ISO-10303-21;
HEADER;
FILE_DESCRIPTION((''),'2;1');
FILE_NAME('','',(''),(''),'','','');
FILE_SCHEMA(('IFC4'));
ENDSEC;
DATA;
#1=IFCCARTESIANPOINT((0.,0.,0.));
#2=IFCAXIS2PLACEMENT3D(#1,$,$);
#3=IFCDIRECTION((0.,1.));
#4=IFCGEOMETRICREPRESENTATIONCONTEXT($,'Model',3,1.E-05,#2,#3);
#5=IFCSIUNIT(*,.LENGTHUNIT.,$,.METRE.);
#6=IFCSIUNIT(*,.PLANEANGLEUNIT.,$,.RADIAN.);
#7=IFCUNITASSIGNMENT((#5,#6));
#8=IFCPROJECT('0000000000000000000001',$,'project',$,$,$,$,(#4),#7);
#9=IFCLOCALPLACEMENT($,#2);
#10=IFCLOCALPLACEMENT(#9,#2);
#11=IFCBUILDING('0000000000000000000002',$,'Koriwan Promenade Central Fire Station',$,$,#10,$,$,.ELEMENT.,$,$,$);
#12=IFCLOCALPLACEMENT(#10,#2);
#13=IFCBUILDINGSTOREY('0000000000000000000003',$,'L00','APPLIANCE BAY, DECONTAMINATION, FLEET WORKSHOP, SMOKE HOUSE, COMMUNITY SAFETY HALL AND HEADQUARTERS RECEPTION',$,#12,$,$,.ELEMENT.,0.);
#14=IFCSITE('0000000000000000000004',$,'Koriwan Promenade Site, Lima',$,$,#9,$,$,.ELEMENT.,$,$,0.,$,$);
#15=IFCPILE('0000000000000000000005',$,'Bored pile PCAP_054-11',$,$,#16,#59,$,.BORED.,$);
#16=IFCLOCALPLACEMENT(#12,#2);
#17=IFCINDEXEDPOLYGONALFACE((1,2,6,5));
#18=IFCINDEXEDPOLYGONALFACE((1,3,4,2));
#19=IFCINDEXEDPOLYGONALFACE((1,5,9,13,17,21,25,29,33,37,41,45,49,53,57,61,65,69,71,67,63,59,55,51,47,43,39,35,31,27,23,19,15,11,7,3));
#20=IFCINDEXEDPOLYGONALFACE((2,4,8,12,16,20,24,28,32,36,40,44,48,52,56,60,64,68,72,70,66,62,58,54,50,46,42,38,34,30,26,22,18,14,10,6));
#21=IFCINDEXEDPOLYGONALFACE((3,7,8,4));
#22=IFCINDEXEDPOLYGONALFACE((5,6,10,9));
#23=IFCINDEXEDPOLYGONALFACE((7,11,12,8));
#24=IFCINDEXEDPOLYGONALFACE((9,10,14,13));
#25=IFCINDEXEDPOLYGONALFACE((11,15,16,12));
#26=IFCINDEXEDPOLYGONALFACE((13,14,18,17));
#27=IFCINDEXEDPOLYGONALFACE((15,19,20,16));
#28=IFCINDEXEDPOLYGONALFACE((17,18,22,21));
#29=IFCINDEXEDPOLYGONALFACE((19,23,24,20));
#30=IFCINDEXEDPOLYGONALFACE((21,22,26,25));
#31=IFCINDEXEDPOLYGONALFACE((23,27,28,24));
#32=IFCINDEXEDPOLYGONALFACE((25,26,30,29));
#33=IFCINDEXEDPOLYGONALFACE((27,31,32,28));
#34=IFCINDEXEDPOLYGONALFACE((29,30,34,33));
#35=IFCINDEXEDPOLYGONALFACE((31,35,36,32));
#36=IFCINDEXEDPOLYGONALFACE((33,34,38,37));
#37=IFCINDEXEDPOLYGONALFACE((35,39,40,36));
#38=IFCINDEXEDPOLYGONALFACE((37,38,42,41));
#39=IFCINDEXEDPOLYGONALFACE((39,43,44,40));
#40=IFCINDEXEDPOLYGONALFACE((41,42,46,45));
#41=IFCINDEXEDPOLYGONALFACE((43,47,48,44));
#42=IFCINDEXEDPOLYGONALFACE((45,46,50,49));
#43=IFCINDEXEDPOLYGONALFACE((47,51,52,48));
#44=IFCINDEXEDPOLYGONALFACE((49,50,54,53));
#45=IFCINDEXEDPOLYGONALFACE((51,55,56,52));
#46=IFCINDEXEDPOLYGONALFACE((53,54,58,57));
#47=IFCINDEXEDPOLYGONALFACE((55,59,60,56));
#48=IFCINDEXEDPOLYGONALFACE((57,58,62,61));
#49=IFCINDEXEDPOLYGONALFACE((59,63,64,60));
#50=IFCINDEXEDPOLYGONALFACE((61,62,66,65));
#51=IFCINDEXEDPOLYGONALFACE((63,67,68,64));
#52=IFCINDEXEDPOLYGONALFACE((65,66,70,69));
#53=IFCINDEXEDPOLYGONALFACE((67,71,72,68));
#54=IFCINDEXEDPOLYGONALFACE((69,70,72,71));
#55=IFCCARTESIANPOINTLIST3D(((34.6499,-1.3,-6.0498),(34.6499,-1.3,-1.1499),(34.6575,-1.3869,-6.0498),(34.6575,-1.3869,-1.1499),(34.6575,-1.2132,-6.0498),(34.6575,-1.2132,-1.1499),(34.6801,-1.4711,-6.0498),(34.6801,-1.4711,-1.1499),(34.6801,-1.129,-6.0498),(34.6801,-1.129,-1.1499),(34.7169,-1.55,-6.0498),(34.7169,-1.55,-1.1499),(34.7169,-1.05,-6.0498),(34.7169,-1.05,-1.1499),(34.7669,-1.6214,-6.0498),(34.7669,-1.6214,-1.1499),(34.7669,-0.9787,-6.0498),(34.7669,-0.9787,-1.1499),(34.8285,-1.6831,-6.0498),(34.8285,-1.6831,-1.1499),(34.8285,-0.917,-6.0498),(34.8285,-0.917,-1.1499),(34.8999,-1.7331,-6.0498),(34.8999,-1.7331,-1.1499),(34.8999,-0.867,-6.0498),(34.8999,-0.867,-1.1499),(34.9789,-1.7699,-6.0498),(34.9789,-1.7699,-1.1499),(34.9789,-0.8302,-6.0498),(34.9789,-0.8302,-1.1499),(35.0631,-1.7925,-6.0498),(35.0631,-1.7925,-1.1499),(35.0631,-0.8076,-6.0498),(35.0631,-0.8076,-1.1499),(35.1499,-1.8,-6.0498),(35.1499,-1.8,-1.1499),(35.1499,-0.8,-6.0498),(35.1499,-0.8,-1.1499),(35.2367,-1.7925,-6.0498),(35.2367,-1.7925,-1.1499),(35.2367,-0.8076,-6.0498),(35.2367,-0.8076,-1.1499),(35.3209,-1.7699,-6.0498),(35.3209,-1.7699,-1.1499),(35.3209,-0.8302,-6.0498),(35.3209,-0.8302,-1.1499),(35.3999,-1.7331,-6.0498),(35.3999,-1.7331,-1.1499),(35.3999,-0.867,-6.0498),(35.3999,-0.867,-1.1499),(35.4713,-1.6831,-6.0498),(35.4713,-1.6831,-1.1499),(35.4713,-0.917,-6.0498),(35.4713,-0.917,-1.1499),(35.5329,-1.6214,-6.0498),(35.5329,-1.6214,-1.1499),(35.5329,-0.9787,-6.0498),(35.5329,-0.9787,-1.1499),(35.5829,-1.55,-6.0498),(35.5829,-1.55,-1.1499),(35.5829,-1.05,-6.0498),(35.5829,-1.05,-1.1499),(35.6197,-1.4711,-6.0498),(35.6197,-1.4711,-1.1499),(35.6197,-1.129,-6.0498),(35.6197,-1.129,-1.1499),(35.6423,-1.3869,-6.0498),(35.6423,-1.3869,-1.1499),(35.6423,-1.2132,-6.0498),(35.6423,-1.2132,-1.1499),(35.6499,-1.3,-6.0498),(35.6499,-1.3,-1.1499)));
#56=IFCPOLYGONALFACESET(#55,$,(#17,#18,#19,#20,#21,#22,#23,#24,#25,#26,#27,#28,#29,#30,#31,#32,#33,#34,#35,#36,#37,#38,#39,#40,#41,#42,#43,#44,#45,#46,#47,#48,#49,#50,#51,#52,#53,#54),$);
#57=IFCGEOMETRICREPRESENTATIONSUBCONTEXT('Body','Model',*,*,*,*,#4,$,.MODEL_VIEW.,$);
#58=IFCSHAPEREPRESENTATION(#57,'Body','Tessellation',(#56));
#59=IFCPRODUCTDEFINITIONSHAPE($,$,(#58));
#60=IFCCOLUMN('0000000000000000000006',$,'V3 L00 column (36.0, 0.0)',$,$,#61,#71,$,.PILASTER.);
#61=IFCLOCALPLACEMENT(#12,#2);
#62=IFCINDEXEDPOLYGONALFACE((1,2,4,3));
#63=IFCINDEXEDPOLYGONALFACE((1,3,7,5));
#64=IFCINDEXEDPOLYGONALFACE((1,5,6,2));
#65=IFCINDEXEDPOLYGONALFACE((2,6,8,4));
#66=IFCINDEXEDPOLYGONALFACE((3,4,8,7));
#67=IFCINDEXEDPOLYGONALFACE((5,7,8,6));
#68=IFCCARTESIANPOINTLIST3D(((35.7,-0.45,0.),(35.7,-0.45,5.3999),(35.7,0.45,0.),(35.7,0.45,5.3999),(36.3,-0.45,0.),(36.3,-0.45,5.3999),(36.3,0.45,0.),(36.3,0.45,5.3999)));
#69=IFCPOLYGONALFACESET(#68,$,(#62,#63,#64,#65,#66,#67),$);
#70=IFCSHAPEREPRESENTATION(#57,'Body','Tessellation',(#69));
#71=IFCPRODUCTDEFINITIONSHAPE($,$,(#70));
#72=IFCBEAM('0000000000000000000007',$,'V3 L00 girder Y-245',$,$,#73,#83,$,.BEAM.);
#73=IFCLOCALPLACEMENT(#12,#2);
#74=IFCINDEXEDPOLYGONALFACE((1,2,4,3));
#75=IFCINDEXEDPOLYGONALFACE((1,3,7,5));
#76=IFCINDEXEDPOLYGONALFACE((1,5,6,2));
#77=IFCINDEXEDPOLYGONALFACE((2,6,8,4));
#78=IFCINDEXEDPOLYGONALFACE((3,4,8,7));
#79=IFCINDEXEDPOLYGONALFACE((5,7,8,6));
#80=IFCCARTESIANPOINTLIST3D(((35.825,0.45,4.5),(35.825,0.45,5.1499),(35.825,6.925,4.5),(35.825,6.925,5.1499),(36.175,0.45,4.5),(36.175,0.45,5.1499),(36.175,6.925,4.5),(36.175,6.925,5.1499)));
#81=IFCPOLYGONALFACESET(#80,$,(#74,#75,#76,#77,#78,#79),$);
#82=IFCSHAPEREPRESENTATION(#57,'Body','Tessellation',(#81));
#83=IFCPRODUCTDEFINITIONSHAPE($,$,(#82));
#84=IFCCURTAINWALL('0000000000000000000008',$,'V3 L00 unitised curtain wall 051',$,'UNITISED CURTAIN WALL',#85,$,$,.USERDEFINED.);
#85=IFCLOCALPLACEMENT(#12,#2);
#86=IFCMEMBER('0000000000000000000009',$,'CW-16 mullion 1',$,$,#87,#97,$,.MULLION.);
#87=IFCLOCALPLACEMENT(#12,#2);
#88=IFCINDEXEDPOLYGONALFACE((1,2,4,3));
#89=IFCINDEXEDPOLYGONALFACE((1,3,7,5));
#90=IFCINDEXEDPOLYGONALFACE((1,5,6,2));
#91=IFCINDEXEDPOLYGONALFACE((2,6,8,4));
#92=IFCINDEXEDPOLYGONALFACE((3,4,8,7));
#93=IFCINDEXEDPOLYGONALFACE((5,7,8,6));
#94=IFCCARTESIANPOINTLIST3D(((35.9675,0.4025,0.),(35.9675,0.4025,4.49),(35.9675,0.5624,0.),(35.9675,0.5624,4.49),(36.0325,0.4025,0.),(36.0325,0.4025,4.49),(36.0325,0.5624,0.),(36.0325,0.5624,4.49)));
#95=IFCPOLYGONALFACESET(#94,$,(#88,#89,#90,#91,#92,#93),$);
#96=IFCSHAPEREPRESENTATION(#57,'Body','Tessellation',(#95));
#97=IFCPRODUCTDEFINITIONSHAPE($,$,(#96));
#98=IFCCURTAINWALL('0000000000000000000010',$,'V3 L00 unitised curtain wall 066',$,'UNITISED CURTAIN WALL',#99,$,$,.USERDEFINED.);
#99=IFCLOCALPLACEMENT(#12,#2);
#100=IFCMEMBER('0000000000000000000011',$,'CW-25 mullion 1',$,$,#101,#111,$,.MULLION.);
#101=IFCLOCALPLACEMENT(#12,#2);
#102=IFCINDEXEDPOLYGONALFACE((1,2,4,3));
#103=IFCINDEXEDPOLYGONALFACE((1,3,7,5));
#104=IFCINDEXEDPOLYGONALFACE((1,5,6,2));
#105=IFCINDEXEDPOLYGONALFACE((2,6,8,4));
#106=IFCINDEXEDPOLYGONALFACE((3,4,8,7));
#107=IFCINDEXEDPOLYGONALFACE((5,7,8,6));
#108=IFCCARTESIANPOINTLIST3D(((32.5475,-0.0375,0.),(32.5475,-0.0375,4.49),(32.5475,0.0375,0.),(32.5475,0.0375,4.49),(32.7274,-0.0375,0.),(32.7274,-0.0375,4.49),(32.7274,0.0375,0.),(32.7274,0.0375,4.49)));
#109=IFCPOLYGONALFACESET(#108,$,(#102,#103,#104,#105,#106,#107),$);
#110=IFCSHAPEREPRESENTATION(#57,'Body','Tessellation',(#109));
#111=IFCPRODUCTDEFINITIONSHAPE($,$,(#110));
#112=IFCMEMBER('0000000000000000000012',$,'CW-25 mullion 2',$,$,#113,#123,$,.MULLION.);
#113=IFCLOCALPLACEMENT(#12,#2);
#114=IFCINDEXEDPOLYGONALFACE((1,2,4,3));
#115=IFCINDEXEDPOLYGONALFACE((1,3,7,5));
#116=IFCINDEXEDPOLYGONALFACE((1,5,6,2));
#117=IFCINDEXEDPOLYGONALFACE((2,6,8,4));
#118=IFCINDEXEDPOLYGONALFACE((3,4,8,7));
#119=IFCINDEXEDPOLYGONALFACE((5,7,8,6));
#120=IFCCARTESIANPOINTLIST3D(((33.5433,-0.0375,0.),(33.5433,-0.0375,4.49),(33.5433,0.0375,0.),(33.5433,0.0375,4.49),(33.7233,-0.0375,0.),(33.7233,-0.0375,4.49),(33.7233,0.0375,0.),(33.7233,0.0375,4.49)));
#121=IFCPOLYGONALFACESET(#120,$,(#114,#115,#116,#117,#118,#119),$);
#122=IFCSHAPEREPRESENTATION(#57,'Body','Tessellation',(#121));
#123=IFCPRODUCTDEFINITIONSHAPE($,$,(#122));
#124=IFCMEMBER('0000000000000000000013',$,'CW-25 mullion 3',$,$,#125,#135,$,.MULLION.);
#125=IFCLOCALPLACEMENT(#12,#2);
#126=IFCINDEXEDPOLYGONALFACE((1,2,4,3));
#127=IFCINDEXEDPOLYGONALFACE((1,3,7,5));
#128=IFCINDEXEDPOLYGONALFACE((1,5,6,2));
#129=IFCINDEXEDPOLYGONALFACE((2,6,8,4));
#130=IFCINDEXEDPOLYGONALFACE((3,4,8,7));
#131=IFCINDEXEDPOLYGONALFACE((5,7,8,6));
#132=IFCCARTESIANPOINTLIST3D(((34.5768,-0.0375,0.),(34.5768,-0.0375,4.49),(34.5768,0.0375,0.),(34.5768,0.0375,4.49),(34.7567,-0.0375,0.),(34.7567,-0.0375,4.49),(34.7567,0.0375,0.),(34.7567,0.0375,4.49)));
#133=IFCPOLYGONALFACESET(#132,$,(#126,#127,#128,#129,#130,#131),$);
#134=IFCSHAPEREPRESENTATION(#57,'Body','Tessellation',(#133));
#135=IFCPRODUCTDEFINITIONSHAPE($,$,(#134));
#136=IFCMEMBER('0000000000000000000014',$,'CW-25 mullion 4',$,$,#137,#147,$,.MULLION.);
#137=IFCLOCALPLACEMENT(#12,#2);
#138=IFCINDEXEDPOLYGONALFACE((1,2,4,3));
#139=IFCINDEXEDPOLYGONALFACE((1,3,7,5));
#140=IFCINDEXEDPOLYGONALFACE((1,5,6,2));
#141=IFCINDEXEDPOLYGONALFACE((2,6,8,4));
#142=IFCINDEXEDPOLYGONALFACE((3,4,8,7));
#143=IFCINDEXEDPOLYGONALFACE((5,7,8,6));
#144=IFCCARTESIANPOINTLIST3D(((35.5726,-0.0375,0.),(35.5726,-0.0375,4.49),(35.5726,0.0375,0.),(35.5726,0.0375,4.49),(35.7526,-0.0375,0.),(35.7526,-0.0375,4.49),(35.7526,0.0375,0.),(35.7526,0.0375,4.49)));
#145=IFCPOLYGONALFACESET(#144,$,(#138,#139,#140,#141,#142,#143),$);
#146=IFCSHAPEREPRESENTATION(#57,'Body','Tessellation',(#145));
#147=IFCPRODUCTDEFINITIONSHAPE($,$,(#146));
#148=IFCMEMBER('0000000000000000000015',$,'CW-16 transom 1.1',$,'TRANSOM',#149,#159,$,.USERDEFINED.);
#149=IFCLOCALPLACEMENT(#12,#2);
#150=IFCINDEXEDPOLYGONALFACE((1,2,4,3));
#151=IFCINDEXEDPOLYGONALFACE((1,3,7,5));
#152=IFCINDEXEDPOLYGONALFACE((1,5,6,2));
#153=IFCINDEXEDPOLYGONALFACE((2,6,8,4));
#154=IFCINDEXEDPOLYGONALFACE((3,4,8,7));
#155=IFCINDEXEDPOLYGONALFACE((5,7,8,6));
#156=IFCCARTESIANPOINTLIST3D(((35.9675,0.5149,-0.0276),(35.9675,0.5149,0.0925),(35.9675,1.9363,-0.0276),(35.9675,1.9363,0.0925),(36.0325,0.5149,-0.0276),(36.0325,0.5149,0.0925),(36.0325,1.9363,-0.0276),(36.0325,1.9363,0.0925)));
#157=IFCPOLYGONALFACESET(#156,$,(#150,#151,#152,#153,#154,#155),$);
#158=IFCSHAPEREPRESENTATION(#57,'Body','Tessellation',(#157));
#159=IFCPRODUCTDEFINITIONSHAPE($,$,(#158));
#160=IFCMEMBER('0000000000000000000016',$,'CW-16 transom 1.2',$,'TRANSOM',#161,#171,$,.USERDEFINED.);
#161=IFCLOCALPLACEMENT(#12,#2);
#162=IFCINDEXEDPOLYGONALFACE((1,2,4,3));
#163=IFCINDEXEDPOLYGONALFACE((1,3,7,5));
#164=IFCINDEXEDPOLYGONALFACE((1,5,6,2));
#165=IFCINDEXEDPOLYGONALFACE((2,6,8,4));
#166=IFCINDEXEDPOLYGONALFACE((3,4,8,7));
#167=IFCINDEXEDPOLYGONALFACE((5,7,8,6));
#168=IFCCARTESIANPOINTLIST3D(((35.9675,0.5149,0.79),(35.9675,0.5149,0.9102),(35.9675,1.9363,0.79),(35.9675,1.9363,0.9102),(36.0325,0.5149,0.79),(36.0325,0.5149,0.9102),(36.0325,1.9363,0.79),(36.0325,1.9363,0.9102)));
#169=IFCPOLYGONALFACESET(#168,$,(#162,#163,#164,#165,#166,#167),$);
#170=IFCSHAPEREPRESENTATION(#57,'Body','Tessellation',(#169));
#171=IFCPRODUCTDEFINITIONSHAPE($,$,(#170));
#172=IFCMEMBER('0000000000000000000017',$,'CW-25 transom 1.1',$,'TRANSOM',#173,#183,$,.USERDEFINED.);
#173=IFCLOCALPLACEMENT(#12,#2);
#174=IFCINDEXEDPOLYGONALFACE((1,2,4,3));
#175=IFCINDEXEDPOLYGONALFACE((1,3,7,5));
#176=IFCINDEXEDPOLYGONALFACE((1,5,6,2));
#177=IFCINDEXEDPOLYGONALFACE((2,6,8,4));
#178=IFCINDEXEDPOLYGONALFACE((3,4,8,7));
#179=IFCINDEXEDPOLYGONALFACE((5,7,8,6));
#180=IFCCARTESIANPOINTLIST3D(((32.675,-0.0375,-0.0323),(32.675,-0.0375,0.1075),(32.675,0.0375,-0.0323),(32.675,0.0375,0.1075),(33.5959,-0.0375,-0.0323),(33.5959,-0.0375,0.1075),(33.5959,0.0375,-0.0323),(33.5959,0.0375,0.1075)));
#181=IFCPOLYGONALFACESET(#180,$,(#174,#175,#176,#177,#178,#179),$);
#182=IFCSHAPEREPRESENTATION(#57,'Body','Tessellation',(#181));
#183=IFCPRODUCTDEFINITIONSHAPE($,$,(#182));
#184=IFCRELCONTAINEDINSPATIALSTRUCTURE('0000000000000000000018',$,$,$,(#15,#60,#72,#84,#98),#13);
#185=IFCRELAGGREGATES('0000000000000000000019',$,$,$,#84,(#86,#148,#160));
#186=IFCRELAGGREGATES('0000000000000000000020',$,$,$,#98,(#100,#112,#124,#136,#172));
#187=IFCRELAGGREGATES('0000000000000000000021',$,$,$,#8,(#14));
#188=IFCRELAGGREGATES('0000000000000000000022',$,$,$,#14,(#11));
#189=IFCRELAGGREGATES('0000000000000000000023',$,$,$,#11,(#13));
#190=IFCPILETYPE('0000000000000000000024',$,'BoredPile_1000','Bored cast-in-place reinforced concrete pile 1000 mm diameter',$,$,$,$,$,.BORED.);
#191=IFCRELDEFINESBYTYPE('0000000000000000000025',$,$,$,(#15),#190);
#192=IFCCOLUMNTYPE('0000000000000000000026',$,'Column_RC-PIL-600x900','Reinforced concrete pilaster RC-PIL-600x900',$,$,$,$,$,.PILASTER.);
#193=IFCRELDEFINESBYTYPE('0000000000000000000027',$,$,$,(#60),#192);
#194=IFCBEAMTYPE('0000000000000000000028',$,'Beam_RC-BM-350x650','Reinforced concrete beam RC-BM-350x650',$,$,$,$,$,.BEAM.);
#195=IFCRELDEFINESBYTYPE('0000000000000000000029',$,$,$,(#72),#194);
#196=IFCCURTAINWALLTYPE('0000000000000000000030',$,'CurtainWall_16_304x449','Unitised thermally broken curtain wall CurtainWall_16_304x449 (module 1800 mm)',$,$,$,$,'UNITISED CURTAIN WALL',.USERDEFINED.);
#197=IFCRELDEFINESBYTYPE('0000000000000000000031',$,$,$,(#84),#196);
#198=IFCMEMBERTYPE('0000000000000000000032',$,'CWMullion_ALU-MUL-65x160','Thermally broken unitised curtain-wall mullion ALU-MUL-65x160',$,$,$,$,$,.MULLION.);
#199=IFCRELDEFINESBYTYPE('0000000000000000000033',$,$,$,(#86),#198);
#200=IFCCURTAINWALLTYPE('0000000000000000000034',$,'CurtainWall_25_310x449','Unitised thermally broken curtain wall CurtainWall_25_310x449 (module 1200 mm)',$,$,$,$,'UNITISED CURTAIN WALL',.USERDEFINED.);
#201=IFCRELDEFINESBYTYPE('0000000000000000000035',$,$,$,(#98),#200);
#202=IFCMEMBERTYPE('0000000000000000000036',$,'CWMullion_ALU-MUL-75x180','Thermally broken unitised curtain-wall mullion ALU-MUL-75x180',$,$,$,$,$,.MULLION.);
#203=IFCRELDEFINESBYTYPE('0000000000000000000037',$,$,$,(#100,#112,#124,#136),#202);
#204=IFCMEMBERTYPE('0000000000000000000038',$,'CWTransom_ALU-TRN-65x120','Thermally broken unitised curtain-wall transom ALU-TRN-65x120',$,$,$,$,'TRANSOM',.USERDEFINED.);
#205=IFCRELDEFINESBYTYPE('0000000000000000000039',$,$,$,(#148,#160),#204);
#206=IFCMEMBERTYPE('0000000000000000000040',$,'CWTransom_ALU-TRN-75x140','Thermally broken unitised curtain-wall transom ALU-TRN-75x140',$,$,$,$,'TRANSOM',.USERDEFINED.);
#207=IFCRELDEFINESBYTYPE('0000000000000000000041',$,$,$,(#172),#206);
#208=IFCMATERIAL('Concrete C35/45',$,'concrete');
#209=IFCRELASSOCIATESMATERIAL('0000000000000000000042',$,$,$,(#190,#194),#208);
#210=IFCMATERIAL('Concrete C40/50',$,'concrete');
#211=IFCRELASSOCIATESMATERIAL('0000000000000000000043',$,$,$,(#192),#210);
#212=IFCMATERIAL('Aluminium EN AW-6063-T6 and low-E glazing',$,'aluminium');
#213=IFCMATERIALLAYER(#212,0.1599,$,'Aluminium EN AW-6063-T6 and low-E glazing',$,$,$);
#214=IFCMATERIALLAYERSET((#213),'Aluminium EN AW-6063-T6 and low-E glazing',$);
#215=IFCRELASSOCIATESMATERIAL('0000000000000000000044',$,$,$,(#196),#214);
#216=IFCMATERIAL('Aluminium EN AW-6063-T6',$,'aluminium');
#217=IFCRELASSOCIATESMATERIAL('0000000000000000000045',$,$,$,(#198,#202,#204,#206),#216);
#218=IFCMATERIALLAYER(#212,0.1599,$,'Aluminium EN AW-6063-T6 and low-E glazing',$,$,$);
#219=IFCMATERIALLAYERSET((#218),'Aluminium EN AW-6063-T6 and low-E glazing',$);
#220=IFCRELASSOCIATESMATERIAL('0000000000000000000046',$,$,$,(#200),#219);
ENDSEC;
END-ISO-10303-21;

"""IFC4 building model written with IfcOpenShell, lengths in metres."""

from ifc_helpers import new_model, si_unit, direction, frame, origin, origin_2d, place, context, subcontext, project, spatial, rectangle, circle, extrude, material, layer, layer_set, material_profile, profile_set, type_object, element, aggregate, save


model = new_model("IFC4")

# Units and contexts
model_context = context("Model", 3, precision=1e-05, world=origin(), true_north=direction((0.0, 1.0)))
body_context = subcontext(model_context, "Body", "Model", "MODEL_VIEW")
ifc_project = project(units=[si_unit("LENGTHUNIT", "METRE"), si_unit("PLANEANGLEUNIT", "RADIAN")], contexts=[model_context])

# Site, building, storey
site_placement = place(None, origin())
site = spatial("IfcSite", under=ifc_project, at=site_placement, Name="Koriwan Promenade Site, Lima", CompositionType="ELEMENT", RefElevation=0.0)
building_placement = place(site_placement, origin())
building = spatial("IfcBuilding", under=site, at=building_placement, Name="Koriwan Promenade Central Fire Station", CompositionType="ELEMENT")
storey_placement = place(building_placement, origin())
storey = spatial("IfcBuildingStorey", under=building, at=storey_placement, Name="L00", Description="APPLIANCE BAY, DECONTAMINATION, FLEET WORKSHOP, SMOKE HOUSE, COMMUNITY SAFETY HALL AND HEADQUARTERS RECEPTION", CompositionType="ELEMENT", Elevation=0.0)

# Pile
ifc_material_1 = material(Name="Concrete C35/45", Category="concrete")
ifc_material_profile_1 = material_profile(ifc_material_1, circle(Radius=0.5, at=origin_2d()), Name="PILE-D1000")
ifc_profile_set_1 = profile_set([ifc_material_profile_1], Name="Concrete C35/45")
pile_type = type_object("IfcPileType", Name="BoredPile_1000", Description="Bored cast-in-place reinforced concrete pile 1000 mm diameter", PredefinedType="BORED", material=ifc_profile_set_1)
pile_placement = place(storey_placement, frame((35.1499, -1.3, -1.1499), z_axis=(0.0, 0.0, -1.0), x_axis=(1.0, 0.0, 0.0)))
element("IfcPile", 1, at=pile_placement, inside=storey, type_object=pile_type, Name="Bored pile PCAP_054-11", PredefinedType="BORED", context=body_context, shape_type="SweptSolid", body=[
    extrude(circle(Radius=0.5, at=origin_2d()), origin(), (0.0, 0.0, 1.0), 4.8999),
])

# Column
ifc_material_2 = material(Name="Concrete C40/50", Category="concrete")
ifc_material_profile_2 = material_profile(ifc_material_2, rectangle(XDim=0.6001, YDim=0.8999, at=origin_2d()), Name="RC-PIL-600x900")
ifc_profile_set_2 = profile_set([ifc_material_profile_2], Name="Concrete C40/50")
column_type = type_object("IfcColumnType", Name="Column_RC-PIL-600x900", Description="Reinforced concrete pilaster RC-PIL-600x900", PredefinedType="PILASTER", material=ifc_profile_set_2)
column_placement = place(storey_placement, frame((36.0, 0.0, 0.0), z_axis=(0.0, 0.0, 1.0), x_axis=(1.0, 0.0, 0.0)))
element("IfcColumn", 2, at=column_placement, inside=storey, type_object=column_type, Name="V3 L00 column (36.0, 0.0)", PredefinedType="PILASTER", context=body_context, shape_type="SweptSolid", body=[
    extrude(rectangle(XDim=0.6001, YDim=0.8999, at=origin_2d()), origin(), (0.0, 0.0, 1.0), 5.3999),
])

# Beam
ifc_material_profile_3 = material_profile(ifc_material_1, rectangle(XDim=0.3501, YDim=0.6499, at=origin_2d()), Name="RC-BM-350x650")
ifc_profile_set_3 = profile_set([ifc_material_profile_3], Name="Concrete C35/45")
beam_type_1 = type_object("IfcBeamType", Name="Beam_RC-BM-350x650", Description="Reinforced concrete beam RC-BM-350x650", PredefinedType="BEAM", material=ifc_profile_set_3)
beam_1_placement = place(storey_placement, frame((36.0, 0.45, 4.825), z_axis=(0.0, 1.0, 0.0), x_axis=(-1.0, 0.0, 0.0)))
element("IfcBeam", 3, at=beam_1_placement, inside=storey, type_object=beam_type_1, Name="V3 L00 girder Y-245", PredefinedType="BEAM", context=body_context, shape_type="SweptSolid", body=[
    extrude(rectangle(XDim=0.3501, YDim=0.6499, at=origin_2d()), origin(), (0.0, 0.0, 1.0), 6.4751),
])

# Curtain wall, member
ifc_material_3 = material(Name="Aluminium EN AW-6063-T6 and low-E glazing", Category="aluminium")
ifc_layer_1 = layer(ifc_material_3, 0.1599, Name="Aluminium EN AW-6063-T6 and low-E glazing")
ifc_layer_set_1 = layer_set([ifc_layer_1], Name="Aluminium EN AW-6063-T6 and low-E glazing")
curtain_wall_type_1 = type_object("IfcCurtainWallType", Name="CurtainWall_16_304x449", Description="Unitised thermally broken curtain wall CurtainWall_16_304x449 (module 1800 mm)", ElementType="UNITISED CURTAIN WALL", PredefinedType="USERDEFINED", material=ifc_layer_set_1)
curtain_wall_1_placement = place(storey_placement, origin())
curtain_wall_1 = element("IfcCurtainWall", 4, at=curtain_wall_1_placement, inside=storey, type_object=curtain_wall_type_1, Name="V3 L00 unitised curtain wall 051", ObjectType="UNITISED CURTAIN WALL", PredefinedType="USERDEFINED")
ifc_material_4 = material(Name="Aluminium EN AW-6063-T6", Category="aluminium")
ifc_material_profile_4 = material_profile(ifc_material_4, rectangle(XDim=0.0649, YDim=0.1599, at=origin_2d()), Name="ALU-MUL-65x160")
ifc_profile_set_4 = profile_set([ifc_material_profile_4], Name="Aluminium EN AW-6063-T6")
member_type_1 = type_object("IfcMemberType", Name="CWMullion_ALU-MUL-65x160", Description="Thermally broken unitised curtain-wall mullion ALU-MUL-65x160", PredefinedType="MULLION", material=ifc_profile_set_4)
member_1_placement = place(storey_placement, frame((36.0, 0.4824, 0.0), z_axis=(0.0, 0.0, 1.0), x_axis=(-1.0, 0.0, 0.0)))
member_1 = element("IfcMember", 5, at=member_1_placement, type_object=member_type_1, Name="CW-16 mullion 1", PredefinedType="MULLION", context=body_context, shape_type="SweptSolid", body=[
    extrude(rectangle(XDim=0.0649, YDim=0.1599, at=origin_2d()), origin(), (0.0, 0.0, 1.0), 4.49),
])

# Curtain wall, members
ifc_layer_2 = layer(ifc_material_3, 0.1599, Name="Aluminium EN AW-6063-T6 and low-E glazing")
ifc_layer_set_2 = layer_set([ifc_layer_2], Name="Aluminium EN AW-6063-T6 and low-E glazing")
curtain_wall_type_2 = type_object("IfcCurtainWallType", Name="CurtainWall_25_310x449", Description="Unitised thermally broken curtain wall CurtainWall_25_310x449 (module 1200 mm)", ElementType="UNITISED CURTAIN WALL", PredefinedType="USERDEFINED", material=ifc_layer_set_2)
curtain_wall_2_placement = place(storey_placement, origin())
curtain_wall_2 = element("IfcCurtainWall", 6, at=curtain_wall_2_placement, inside=storey, type_object=curtain_wall_type_2, Name="V3 L00 unitised curtain wall 066", ObjectType="UNITISED CURTAIN WALL", PredefinedType="USERDEFINED")
ifc_material_profile_5 = material_profile(ifc_material_4, rectangle(XDim=0.075, YDim=0.1799, at=origin_2d()), Name="ALU-MUL-75x180")
ifc_profile_set_5 = profile_set([ifc_material_profile_5], Name="Aluminium EN AW-6063-T6")
member_type_2 = type_object("IfcMemberType", Name="CWMullion_ALU-MUL-75x180", Description="Thermally broken unitised curtain-wall mullion ALU-MUL-75x180", PredefinedType="MULLION", material=ifc_profile_set_5)
member_2_placement = place(storey_placement, frame((32.6375, 0.0, 0.0), z_axis=(0.0, 0.0, 1.0), x_axis=(0.0, 1.0, 0.0)))
member_2 = element("IfcMember", 7, at=member_2_placement, type_object=member_type_2, Name="CW-25 mullion 1", PredefinedType="MULLION", context=body_context, shape_type="SweptSolid", body=[
    extrude(rectangle(XDim=0.075, YDim=0.1799, at=origin_2d()), origin(), (0.0, 0.0, 1.0), 4.49),
])
member_3_placement = place(storey_placement, frame((33.6333, 0.0, 0.0), z_axis=(0.0, 0.0, 1.0), x_axis=(0.0, 1.0, 0.0)))
member_3 = element("IfcMember", 8, at=member_3_placement, type_object=member_type_2, Name="CW-25 mullion 2", PredefinedType="MULLION", context=body_context, shape_type="SweptSolid", body=[
    extrude(rectangle(XDim=0.075, YDim=0.1799, at=origin_2d()), origin(), (0.0, 0.0, 1.0), 4.49),
])
member_4_placement = place(storey_placement, frame((34.6667, 0.0, 0.0), z_axis=(0.0, 0.0, 1.0), x_axis=(0.0, 1.0, 0.0)))
member_4 = element("IfcMember", 9, at=member_4_placement, type_object=member_type_2, Name="CW-25 mullion 3", PredefinedType="MULLION", context=body_context, shape_type="SweptSolid", body=[
    extrude(rectangle(XDim=0.075, YDim=0.1799, at=origin_2d()), origin(), (0.0, 0.0, 1.0), 4.49),
])
member_5_placement = place(storey_placement, frame((35.6626, 0.0, 0.0), z_axis=(0.0, 0.0, 1.0), x_axis=(0.0, 1.0, 0.0)))
member_5 = element("IfcMember", 10, at=member_5_placement, type_object=member_type_2, Name="CW-25 mullion 4", PredefinedType="MULLION", context=body_context, shape_type="SweptSolid", body=[
    extrude(rectangle(XDim=0.075, YDim=0.1799, at=origin_2d()), origin(), (0.0, 0.0, 1.0), 4.49),
])

# Members
ifc_material_profile_6 = material_profile(ifc_material_4, rectangle(XDim=0.0649, YDim=0.1201, at=origin_2d()), Name="ALU-TRN-65x120")
ifc_profile_set_6 = profile_set([ifc_material_profile_6], Name="Aluminium EN AW-6063-T6")
member_type_3 = type_object("IfcMemberType", Name="CWTransom_ALU-TRN-65x120", Description="Thermally broken unitised curtain-wall transom ALU-TRN-65x120", ElementType="TRANSOM", PredefinedType="USERDEFINED", material=ifc_profile_set_6)
member_6_placement = place(storey_placement, frame((36.0, 0.5149, 0.0325), z_axis=(0.0, 1.0, 0.0), x_axis=(-1.0, 0.0, 0.0)))
member_6 = element("IfcMember", 11, at=member_6_placement, type_object=member_type_3, Name="CW-16 transom 1.1", ObjectType="TRANSOM", PredefinedType="USERDEFINED", context=body_context, shape_type="SweptSolid", body=[
    extrude(rectangle(XDim=0.0649, YDim=0.1201, at=origin_2d()), origin(), (0.0, 0.0, 1.0), 1.4214),
])
member_7_placement = place(storey_placement, frame((36.0, 0.5149, 0.8501), z_axis=(0.0, 1.0, 0.0), x_axis=(-1.0, 0.0, 0.0)))
member_7 = element("IfcMember", 12, at=member_7_placement, type_object=member_type_3, Name="CW-16 transom 1.2", ObjectType="TRANSOM", PredefinedType="USERDEFINED", context=body_context, shape_type="SweptSolid", body=[
    extrude(rectangle(XDim=0.0649, YDim=0.1201, at=origin_2d()), origin(), (0.0, 0.0, 1.0), 1.4214),
])
aggregate(curtain_wall_1, [member_1, member_6, member_7])
ifc_material_profile_7 = material_profile(ifc_material_4, rectangle(XDim=0.075, YDim=0.1399, at=origin_2d()), Name="ALU-TRN-75x140")
ifc_profile_set_7 = profile_set([ifc_material_profile_7], Name="Aluminium EN AW-6063-T6")
member_type_4 = type_object("IfcMemberType", Name="CWTransom_ALU-TRN-75x140", Description="Thermally broken unitised curtain-wall transom ALU-TRN-75x140", ElementType="TRANSOM", PredefinedType="USERDEFINED", material=ifc_profile_set_7)
member_8_placement = place(storey_placement, frame((32.675, 0.0, 0.0376), z_axis=(1.0, 0.0, 0.0), x_axis=(0.0, 1.0, 0.0)))
member_8 = element("IfcMember", 13, at=member_8_placement, type_object=member_type_4, Name="CW-25 transom 1.1", ObjectType="TRANSOM", PredefinedType="USERDEFINED", context=body_context, shape_type="SweptSolid", body=[
    extrude(rectangle(XDim=0.075, YDim=0.1399, at=origin_2d()), origin(), (0.0, 0.0, 1.0), 0.9209),
])

aggregate(curtain_wall_2, [member_2, member_3, member_4, member_5, member_8])

save(model, "model.ifc")
